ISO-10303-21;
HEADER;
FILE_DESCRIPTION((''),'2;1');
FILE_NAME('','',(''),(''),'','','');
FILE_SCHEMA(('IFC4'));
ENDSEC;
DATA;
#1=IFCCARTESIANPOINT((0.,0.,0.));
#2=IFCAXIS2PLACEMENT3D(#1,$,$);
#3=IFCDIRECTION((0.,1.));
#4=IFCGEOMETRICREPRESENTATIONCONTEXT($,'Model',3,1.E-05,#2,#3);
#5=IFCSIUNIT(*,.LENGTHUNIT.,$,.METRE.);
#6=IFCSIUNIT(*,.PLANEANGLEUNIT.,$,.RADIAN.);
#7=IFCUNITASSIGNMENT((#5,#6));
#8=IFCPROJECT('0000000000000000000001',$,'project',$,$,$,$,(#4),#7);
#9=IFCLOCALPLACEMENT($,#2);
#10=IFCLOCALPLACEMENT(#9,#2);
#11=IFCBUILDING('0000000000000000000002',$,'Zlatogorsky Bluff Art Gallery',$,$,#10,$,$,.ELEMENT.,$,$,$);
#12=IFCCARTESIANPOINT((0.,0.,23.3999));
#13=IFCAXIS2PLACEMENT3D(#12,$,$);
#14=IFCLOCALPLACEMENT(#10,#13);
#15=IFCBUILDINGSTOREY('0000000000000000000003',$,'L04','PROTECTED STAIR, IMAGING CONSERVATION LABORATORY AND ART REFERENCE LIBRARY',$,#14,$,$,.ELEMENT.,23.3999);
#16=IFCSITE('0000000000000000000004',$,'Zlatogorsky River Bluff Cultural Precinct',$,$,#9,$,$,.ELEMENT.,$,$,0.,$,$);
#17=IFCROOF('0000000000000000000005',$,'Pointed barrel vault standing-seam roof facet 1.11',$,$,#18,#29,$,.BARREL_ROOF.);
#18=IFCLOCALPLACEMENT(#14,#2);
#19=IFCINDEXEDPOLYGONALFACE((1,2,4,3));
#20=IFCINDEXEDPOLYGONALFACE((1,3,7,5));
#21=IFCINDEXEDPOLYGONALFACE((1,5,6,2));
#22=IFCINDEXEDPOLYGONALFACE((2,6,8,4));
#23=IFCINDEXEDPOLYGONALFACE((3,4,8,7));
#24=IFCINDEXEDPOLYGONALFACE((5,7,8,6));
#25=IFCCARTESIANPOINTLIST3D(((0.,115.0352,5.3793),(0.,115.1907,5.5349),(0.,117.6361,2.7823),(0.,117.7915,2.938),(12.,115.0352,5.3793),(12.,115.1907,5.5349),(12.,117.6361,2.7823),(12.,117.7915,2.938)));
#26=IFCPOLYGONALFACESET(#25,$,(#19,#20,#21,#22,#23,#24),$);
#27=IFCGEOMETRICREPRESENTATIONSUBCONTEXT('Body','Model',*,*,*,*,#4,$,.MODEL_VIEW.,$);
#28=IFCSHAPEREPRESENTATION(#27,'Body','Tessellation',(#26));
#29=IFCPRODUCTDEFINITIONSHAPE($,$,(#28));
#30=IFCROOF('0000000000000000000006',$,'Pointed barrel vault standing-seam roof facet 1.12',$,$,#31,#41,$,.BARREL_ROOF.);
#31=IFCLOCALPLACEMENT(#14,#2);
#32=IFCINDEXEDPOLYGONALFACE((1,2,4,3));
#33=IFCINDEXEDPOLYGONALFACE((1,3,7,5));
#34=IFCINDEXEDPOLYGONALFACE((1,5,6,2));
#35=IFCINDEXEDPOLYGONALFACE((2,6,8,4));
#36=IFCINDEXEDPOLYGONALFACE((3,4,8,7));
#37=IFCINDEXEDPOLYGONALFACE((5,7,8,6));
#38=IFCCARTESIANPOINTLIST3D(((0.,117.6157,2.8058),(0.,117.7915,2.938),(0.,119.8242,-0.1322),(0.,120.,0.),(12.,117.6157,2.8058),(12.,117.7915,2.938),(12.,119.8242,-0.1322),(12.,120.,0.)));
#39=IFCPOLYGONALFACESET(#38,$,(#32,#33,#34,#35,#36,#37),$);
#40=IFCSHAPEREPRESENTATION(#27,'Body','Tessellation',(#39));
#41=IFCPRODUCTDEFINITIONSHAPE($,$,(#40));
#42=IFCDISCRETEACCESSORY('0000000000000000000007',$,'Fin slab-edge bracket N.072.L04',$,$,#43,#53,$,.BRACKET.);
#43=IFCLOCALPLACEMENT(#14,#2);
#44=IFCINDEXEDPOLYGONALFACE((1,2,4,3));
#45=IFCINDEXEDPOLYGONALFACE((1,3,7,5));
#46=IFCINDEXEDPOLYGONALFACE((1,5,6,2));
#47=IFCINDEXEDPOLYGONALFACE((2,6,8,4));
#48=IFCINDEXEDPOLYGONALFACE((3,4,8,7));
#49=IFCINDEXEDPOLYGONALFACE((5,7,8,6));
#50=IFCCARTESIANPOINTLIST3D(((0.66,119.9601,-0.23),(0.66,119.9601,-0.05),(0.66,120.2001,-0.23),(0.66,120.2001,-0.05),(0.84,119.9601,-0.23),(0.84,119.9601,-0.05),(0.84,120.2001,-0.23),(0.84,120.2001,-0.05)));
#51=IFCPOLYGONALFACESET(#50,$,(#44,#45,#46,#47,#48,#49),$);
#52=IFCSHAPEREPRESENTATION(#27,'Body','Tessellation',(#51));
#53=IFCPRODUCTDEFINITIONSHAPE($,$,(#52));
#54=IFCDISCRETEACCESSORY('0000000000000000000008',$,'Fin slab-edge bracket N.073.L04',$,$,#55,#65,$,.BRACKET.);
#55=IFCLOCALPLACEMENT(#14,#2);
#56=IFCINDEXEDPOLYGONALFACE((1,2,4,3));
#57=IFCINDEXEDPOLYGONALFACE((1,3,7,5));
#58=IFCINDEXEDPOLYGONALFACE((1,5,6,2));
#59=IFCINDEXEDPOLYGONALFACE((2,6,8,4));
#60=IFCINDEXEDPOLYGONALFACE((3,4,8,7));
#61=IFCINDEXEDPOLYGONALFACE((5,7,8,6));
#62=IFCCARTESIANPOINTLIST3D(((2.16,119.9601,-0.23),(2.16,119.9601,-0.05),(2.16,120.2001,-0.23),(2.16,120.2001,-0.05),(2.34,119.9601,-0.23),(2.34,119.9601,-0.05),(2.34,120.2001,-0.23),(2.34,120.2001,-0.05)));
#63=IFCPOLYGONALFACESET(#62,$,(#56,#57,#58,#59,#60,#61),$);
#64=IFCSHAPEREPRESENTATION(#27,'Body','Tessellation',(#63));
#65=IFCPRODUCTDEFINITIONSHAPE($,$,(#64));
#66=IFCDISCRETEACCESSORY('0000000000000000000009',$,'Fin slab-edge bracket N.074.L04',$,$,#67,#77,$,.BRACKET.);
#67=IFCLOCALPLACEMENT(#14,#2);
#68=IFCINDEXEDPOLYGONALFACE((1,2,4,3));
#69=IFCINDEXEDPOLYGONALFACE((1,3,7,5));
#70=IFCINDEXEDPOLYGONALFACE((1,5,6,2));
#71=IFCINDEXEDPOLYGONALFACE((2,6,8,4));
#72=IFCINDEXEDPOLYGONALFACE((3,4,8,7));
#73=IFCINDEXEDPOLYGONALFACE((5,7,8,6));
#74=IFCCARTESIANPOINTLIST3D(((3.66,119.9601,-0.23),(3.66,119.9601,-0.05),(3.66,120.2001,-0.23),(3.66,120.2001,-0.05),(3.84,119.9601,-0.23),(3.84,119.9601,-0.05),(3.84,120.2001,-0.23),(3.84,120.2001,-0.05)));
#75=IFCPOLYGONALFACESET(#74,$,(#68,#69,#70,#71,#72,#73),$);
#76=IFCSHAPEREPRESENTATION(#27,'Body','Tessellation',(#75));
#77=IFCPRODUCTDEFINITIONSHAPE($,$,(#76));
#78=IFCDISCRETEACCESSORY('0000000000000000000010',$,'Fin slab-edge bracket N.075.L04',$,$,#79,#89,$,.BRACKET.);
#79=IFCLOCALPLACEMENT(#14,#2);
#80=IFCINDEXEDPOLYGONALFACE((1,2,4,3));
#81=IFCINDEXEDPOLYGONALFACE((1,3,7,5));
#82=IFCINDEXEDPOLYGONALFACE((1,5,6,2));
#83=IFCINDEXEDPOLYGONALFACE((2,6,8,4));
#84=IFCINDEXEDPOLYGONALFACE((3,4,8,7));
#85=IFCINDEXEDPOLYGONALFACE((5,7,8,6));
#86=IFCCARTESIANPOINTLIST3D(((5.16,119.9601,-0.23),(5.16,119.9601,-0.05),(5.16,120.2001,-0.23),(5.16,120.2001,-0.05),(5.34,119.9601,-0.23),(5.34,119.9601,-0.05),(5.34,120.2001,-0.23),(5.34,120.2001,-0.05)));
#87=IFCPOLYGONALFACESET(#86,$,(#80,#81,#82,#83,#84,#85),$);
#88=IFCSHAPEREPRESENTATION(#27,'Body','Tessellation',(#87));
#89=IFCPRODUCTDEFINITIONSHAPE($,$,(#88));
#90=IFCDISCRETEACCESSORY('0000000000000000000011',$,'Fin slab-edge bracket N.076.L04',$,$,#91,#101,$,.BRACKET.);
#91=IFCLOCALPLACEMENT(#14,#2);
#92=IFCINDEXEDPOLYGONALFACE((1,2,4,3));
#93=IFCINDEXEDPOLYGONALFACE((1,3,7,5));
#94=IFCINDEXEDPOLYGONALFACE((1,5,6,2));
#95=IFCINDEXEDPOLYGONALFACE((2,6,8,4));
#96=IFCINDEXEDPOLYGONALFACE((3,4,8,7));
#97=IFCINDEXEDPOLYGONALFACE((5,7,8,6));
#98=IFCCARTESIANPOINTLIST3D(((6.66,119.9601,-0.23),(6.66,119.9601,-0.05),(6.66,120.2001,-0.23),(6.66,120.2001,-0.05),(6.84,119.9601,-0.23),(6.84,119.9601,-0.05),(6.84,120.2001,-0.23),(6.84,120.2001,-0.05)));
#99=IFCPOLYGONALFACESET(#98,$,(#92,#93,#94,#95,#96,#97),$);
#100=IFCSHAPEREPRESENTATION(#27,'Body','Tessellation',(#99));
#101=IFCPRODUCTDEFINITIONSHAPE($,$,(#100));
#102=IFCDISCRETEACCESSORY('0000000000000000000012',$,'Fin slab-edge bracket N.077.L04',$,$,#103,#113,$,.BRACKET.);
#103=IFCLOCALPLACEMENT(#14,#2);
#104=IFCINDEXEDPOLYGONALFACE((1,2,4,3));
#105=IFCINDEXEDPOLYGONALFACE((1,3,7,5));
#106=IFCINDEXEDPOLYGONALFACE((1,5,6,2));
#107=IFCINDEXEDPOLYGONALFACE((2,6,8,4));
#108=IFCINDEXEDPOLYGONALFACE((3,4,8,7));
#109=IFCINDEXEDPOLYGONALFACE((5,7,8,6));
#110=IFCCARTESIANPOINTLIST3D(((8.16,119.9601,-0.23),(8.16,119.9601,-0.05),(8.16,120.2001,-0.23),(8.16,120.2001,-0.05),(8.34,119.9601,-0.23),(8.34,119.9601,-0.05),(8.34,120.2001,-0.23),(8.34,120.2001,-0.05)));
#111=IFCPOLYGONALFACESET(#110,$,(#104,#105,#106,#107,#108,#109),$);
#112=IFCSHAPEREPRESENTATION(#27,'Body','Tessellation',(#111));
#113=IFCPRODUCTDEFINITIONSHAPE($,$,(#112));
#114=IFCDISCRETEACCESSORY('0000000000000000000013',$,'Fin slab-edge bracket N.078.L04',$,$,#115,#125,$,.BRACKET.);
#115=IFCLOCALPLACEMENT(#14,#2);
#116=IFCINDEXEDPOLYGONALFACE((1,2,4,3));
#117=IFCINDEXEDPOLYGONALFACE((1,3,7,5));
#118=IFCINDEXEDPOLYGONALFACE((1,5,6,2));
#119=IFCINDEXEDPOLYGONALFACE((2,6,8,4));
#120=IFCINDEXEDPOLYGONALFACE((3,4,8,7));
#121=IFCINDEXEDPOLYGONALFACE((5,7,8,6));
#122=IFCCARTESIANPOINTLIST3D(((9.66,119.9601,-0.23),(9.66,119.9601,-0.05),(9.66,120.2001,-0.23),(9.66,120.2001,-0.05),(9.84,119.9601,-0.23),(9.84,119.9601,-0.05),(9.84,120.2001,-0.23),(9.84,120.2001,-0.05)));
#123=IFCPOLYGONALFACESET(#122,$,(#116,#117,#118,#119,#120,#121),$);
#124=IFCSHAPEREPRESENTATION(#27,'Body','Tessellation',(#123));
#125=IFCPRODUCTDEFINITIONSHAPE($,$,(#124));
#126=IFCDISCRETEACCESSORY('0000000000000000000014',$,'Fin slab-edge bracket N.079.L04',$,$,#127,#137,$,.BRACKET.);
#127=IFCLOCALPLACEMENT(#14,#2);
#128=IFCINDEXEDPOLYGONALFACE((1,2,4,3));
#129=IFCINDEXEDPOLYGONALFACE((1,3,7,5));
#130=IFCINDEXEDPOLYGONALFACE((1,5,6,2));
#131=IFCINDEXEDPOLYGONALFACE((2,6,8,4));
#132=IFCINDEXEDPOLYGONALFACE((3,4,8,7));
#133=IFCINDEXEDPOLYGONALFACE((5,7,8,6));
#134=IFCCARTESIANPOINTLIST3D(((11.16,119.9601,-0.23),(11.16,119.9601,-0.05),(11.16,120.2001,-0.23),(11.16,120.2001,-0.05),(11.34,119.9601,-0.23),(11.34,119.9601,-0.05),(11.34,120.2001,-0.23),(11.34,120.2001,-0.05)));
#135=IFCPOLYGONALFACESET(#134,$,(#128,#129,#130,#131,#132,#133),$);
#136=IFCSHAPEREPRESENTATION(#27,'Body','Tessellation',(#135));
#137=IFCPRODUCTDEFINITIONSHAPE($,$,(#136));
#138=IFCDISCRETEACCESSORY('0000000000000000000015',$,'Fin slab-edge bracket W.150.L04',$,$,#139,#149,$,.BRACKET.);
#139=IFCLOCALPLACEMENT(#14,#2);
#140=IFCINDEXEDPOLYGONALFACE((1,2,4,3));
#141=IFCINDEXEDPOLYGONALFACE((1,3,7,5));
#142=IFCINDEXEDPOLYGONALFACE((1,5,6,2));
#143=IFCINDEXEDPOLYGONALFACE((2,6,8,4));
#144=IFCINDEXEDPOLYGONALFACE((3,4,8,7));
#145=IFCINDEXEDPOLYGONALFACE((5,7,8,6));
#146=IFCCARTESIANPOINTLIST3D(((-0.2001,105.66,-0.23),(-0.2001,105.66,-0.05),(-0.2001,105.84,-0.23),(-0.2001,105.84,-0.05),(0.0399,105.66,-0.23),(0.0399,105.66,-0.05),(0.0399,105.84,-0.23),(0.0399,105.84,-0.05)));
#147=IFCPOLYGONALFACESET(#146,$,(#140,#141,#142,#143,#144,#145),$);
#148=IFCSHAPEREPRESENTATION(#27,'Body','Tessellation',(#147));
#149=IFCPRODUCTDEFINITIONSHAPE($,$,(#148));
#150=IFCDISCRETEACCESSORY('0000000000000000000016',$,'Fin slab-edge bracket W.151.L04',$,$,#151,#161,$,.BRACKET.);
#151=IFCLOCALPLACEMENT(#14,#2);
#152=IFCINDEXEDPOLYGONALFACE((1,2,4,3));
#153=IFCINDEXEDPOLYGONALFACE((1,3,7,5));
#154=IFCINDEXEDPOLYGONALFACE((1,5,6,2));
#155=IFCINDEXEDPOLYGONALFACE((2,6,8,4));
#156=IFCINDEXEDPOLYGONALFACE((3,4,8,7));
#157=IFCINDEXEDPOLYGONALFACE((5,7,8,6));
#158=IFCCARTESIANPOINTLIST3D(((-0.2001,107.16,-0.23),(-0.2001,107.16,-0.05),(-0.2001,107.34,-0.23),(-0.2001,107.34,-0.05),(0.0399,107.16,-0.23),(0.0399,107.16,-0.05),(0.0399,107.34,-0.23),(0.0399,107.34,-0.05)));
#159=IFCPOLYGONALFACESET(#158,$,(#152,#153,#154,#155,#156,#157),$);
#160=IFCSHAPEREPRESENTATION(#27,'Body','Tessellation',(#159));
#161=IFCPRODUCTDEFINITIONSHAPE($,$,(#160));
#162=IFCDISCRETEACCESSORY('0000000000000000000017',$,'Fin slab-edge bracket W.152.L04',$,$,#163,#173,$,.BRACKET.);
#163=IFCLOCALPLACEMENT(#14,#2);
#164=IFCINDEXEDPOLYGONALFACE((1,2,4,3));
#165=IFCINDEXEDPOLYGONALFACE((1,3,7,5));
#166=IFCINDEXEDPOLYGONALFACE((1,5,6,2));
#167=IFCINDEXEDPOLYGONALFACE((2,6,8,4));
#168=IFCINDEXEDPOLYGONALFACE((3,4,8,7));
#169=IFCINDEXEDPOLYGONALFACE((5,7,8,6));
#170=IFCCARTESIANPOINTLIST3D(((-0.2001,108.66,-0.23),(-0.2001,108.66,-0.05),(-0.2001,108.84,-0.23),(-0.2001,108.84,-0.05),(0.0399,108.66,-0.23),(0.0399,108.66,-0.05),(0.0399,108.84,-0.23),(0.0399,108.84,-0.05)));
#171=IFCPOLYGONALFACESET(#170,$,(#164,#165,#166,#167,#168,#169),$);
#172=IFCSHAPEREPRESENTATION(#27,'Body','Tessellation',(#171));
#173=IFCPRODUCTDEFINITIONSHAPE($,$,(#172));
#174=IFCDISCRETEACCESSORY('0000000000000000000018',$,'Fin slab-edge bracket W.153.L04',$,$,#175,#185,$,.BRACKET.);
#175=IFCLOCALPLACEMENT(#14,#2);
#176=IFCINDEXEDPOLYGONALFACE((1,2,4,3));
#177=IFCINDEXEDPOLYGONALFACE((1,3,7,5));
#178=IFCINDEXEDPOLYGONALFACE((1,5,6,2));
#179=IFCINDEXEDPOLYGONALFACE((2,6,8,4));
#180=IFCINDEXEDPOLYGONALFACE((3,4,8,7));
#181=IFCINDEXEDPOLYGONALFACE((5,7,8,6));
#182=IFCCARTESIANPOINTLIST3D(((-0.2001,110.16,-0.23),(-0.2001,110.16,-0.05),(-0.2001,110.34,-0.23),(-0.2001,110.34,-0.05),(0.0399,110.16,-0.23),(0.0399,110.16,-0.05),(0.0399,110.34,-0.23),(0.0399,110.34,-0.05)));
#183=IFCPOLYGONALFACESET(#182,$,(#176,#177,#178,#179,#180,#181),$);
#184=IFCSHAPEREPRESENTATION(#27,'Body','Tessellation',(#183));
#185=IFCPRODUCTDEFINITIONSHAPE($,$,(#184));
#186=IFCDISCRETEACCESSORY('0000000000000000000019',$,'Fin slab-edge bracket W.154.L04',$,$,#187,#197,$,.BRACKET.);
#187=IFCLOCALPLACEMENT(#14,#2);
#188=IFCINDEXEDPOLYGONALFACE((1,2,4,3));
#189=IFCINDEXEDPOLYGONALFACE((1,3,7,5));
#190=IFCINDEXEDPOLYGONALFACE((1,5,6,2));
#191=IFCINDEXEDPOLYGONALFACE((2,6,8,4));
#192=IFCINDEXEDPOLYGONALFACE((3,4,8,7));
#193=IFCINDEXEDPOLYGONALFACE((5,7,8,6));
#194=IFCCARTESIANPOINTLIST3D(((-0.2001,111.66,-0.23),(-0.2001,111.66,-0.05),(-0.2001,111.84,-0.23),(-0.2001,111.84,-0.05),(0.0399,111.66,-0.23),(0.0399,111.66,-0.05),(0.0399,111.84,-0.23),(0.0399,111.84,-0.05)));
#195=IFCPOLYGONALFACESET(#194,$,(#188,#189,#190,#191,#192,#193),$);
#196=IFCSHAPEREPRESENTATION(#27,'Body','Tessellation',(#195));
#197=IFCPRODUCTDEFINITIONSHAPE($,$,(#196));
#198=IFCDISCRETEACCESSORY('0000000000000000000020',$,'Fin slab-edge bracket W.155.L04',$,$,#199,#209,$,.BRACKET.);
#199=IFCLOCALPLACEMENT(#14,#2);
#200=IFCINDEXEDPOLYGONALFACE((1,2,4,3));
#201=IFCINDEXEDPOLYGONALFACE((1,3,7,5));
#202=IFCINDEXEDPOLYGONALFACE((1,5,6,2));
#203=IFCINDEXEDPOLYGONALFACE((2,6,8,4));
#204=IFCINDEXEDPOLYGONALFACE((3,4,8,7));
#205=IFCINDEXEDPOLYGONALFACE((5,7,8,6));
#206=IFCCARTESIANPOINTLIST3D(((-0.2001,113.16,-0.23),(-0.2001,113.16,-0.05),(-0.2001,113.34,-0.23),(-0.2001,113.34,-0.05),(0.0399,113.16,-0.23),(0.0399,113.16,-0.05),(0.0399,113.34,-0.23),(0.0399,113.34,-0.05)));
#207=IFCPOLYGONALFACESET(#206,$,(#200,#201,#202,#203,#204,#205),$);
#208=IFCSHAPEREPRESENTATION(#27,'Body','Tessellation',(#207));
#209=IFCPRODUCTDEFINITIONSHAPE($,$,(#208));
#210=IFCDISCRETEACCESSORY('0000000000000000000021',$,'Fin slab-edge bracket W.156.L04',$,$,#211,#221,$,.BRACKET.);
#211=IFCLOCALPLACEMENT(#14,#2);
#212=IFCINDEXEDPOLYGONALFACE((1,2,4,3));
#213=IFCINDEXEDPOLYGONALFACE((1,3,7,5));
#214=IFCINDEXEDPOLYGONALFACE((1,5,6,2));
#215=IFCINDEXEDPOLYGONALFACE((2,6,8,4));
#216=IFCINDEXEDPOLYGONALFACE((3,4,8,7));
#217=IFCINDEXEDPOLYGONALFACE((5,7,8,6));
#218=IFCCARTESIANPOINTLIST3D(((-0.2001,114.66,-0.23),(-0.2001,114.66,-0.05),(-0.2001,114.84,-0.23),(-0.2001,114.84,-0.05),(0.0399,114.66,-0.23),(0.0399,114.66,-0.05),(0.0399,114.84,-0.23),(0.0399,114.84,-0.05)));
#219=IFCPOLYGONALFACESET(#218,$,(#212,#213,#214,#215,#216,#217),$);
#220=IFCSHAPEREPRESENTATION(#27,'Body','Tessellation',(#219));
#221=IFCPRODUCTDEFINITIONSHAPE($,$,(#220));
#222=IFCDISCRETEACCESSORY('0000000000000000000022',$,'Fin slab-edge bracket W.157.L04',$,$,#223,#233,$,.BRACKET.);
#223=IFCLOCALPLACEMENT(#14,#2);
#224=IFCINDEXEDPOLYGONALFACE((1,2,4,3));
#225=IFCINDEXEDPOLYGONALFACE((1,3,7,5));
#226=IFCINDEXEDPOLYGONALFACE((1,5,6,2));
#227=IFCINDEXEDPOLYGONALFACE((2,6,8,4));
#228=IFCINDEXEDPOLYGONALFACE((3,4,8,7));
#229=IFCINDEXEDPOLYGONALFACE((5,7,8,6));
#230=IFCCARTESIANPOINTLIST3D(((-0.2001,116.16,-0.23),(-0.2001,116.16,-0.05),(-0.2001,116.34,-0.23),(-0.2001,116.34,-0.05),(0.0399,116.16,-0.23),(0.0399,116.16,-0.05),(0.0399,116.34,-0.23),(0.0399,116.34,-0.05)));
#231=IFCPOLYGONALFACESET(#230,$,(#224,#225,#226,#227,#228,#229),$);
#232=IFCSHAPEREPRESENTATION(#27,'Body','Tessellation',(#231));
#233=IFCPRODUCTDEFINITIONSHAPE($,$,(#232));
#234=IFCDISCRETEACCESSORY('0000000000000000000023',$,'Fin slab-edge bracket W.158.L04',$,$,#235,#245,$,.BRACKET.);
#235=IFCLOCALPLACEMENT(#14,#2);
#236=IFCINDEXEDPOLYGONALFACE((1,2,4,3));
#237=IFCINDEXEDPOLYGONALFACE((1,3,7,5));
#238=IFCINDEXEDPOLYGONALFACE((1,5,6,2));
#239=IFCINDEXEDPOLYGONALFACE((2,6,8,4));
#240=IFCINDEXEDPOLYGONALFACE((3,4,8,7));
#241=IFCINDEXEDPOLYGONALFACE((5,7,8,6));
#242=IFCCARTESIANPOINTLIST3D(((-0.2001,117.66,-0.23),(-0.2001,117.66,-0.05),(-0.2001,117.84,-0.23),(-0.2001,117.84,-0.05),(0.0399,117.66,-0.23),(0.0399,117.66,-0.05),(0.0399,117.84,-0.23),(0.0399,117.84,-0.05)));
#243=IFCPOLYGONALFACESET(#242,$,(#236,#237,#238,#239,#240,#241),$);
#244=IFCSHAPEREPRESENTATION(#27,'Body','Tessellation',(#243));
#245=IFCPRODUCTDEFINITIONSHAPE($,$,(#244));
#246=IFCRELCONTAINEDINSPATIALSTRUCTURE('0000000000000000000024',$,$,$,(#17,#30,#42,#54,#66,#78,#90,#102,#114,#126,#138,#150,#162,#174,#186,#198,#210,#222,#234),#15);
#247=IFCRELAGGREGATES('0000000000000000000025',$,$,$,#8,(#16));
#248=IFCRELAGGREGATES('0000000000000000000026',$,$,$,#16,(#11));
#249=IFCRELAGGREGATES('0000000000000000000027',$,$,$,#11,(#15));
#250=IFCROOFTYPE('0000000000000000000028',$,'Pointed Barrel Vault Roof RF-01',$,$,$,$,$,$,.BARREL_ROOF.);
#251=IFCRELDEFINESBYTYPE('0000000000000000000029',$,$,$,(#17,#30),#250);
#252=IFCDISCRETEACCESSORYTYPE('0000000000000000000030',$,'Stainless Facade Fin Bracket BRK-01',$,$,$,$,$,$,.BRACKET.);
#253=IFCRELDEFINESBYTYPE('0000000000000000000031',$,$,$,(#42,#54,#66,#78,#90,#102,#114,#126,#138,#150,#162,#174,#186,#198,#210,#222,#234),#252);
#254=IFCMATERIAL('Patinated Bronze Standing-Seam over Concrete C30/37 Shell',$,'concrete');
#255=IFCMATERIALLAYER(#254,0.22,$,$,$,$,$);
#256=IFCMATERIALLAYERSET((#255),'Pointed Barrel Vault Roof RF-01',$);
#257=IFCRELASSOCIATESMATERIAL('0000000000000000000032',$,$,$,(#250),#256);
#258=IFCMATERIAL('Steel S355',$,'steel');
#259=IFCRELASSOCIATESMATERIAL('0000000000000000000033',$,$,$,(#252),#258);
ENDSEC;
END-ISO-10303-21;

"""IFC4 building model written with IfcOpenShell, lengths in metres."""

from ifc_helpers import new_model, si_unit, direction, frame, origin, origin_2d, place, context, subcontext, project, spatial, polyline, rectangle, outline, extrude, material, layer, layer_set, type_object, element, save


model = new_model("IFC4")

# Units and contexts
model_context = context("Model", 3, precision=1e-05, world=origin(), true_north=direction((0.0, 1.0)))
body_context = subcontext(model_context, "Body", "Model", "MODEL_VIEW")
ifc_project = project(units=[si_unit("LENGTHUNIT", "METRE"), si_unit("PLANEANGLEUNIT", "RADIAN")], contexts=[model_context])

# Site, building, storey
site_placement = place(None, origin())
site = spatial("IfcSite", under=ifc_project, at=site_placement, Name="Zlatogorsky River Bluff Cultural Precinct", CompositionType="ELEMENT", RefElevation=0.0)
building_placement = place(site_placement, origin())
building = spatial("IfcBuilding", under=site, at=building_placement, Name="Zlatogorsky Bluff Art Gallery", CompositionType="ELEMENT")
storey_placement = place(building_placement, frame((0.0, 0.0, 23.3999)))
storey = spatial("IfcBuildingStorey", under=building, at=storey_placement, Name="L04", Description="PROTECTED STAIR, IMAGING CONSERVATION LABORATORY AND ART REFERENCE LIBRARY", CompositionType="ELEMENT", Elevation=23.3999)

# Shared definitions
ifc_material_1 = material(Name="Steel S355", Category="steel")

# Roofs
ifc_material_2 = material(Name="Patinated Bronze Standing-Seam over Concrete C30/37 Shell", Category="concrete")
ifc_layer_1 = layer(ifc_material_2, 0.22)
ifc_layer_set_1 = layer_set([ifc_layer_1], Name="Pointed Barrel Vault Roof RF-01")
roof_type = type_object("IfcRoofType", Name="Pointed Barrel Vault Roof RF-01", PredefinedType="BARREL_ROOF", material=ifc_layer_set_1)
roof_1_placement = place(storey_placement, frame((0.0, 115.1907, 5.5349), z_axis=(0.0, 0.706575, 0.707638), x_axis=(1.0, 0.0, 0.0)))
element("IfcRoof", 1, at=roof_1_placement, inside=storey, type_object=roof_type, Name="Pointed barrel vault standing-seam roof facet 1.11", PredefinedType="BARREL_ROOF", context=body_context, shape_type="SweptSolid", body=[
    extrude(outline(polyline([(0.0, 0.0), (12.0, 0.0), (12.0, 3.6754), (0.0, 3.6754), (0.0, 0.0)])), origin(), (0.0, 0.0, -1.0), 0.22),
])
roof_2_placement = place(storey_placement, frame((0.0, 117.7915, 2.938), z_axis=(0.0, 0.799346, 0.600871), x_axis=(1.0, 0.0, 0.0)))
element("IfcRoof", 2, at=roof_2_placement, inside=storey, type_object=roof_type, Name="Pointed barrel vault standing-seam roof facet 1.12", PredefinedType="BARREL_ROOF", context=body_context, shape_type="SweptSolid", body=[
    extrude(outline(polyline([(0.0, 0.0), (12.0, 0.0), (12.0, 3.6755), (0.0, 3.6755), (0.0, 0.0)])), origin(), (0.0, 0.0, -1.0), 0.22),
])

# Discrete accessories
discrete_accessory_type = type_object("IfcDiscreteAccessoryType", Name="Stainless Facade Fin Bracket BRK-01", PredefinedType="BRACKET", material=ifc_material_1)
for number, where, z_axis, x_axis, name in (
    (3, (0.75, 120.0801, -0.23), (0.0, 0.0, 1.0), (1.0, 0.0, 0.0), "Fin slab-edge bracket N.072.L04"),
    (4, (2.25, 120.0801, -0.23), (0.0, 0.0, 1.0), (1.0, 0.0, 0.0), "Fin slab-edge bracket N.073.L04"),
    (5, (3.75, 120.0801, -0.23), (0.0, 0.0, 1.0), (1.0, 0.0, 0.0), "Fin slab-edge bracket N.074.L04"),
    (6, (5.25, 120.0801, -0.23), (0.0, 0.0, 1.0), (1.0, 0.0, 0.0), "Fin slab-edge bracket N.075.L04"),
    (7, (6.75, 120.0801, -0.23), (0.0, 0.0, 1.0), (1.0, 0.0, 0.0), "Fin slab-edge bracket N.076.L04"),
    (8, (8.25, 120.0801, -0.23), (0.0, 0.0, 1.0), (1.0, 0.0, 0.0), "Fin slab-edge bracket N.077.L04"),
    (9, (9.75, 120.0801, -0.23), (0.0, 0.0, 1.0), (1.0, 0.0, 0.0), "Fin slab-edge bracket N.078.L04"),
    (10, (11.25, 120.0801, -0.23), (0.0, 0.0, 1.0), (1.0, 0.0, 0.0), "Fin slab-edge bracket N.079.L04"),
):
    element("IfcDiscreteAccessory", number, at=place(storey_placement, frame(where, z_axis=z_axis, x_axis=x_axis)), inside=storey, type_object=discrete_accessory_type, Name=name, PredefinedType="BRACKET", context=body_context, shape_type="SweptSolid", body=[
        extrude(rectangle(XDim=0.1799, YDim=0.24, at=origin_2d()), origin(), (0.0, 0.0, 1.0), 0.1799),
    ])
for number, where, z_axis, x_axis, name in (
    (11, (-0.0801, 105.75, -0.23), (0.0, 0.0, 1.0), (1.0, 0.0, 0.0), "Fin slab-edge bracket W.150.L04"),
    (12, (-0.0801, 107.25, -0.23), (0.0, 0.0, 1.0), (1.0, 0.0, 0.0), "Fin slab-edge bracket W.151.L04"),
    (13, (-0.0801, 108.75, -0.23), (0.0, 0.0, 1.0), (1.0, 0.0, 0.0), "Fin slab-edge bracket W.152.L04"),
    (14, (-0.0801, 110.25, -0.23), (0.0, 0.0, 1.0), (1.0, 0.0, 0.0), "Fin slab-edge bracket W.153.L04"),
    (15, (-0.0801, 111.75, -0.23), (0.0, 0.0, 1.0), (1.0, 0.0, 0.0), "Fin slab-edge bracket W.154.L04"),
    (16, (-0.0801, 113.25, -0.23), (0.0, 0.0, 1.0), (1.0, 0.0, 0.0), "Fin slab-edge bracket W.155.L04"),
    (17, (-0.0801, 114.75, -0.23), (0.0, 0.0, 1.0), (1.0, 0.0, 0.0), "Fin slab-edge bracket W.156.L04"),
    (18, (-0.0801, 116.25, -0.23), (0.0, 0.0, 1.0), (1.0, 0.0, 0.0), "Fin slab-edge bracket W.157.L04"),
    (19, (-0.0801, 117.75, -0.23), (0.0, 0.0, 1.0), (1.0, 0.0, 0.0), "Fin slab-edge bracket W.158.L04"),
):
    element("IfcDiscreteAccessory", number, at=place(storey_placement, frame(where, z_axis=z_axis, x_axis=x_axis)), inside=storey, type_object=discrete_accessory_type, Name=name, PredefinedType="BRACKET", context=body_context, shape_type="SweptSolid", body=[
        extrude(rectangle(XDim=0.24, YDim=0.1799, at=origin_2d()), origin(), (0.0, 0.0, 1.0), 0.1799),
    ])

save(model, "model.ifc")
